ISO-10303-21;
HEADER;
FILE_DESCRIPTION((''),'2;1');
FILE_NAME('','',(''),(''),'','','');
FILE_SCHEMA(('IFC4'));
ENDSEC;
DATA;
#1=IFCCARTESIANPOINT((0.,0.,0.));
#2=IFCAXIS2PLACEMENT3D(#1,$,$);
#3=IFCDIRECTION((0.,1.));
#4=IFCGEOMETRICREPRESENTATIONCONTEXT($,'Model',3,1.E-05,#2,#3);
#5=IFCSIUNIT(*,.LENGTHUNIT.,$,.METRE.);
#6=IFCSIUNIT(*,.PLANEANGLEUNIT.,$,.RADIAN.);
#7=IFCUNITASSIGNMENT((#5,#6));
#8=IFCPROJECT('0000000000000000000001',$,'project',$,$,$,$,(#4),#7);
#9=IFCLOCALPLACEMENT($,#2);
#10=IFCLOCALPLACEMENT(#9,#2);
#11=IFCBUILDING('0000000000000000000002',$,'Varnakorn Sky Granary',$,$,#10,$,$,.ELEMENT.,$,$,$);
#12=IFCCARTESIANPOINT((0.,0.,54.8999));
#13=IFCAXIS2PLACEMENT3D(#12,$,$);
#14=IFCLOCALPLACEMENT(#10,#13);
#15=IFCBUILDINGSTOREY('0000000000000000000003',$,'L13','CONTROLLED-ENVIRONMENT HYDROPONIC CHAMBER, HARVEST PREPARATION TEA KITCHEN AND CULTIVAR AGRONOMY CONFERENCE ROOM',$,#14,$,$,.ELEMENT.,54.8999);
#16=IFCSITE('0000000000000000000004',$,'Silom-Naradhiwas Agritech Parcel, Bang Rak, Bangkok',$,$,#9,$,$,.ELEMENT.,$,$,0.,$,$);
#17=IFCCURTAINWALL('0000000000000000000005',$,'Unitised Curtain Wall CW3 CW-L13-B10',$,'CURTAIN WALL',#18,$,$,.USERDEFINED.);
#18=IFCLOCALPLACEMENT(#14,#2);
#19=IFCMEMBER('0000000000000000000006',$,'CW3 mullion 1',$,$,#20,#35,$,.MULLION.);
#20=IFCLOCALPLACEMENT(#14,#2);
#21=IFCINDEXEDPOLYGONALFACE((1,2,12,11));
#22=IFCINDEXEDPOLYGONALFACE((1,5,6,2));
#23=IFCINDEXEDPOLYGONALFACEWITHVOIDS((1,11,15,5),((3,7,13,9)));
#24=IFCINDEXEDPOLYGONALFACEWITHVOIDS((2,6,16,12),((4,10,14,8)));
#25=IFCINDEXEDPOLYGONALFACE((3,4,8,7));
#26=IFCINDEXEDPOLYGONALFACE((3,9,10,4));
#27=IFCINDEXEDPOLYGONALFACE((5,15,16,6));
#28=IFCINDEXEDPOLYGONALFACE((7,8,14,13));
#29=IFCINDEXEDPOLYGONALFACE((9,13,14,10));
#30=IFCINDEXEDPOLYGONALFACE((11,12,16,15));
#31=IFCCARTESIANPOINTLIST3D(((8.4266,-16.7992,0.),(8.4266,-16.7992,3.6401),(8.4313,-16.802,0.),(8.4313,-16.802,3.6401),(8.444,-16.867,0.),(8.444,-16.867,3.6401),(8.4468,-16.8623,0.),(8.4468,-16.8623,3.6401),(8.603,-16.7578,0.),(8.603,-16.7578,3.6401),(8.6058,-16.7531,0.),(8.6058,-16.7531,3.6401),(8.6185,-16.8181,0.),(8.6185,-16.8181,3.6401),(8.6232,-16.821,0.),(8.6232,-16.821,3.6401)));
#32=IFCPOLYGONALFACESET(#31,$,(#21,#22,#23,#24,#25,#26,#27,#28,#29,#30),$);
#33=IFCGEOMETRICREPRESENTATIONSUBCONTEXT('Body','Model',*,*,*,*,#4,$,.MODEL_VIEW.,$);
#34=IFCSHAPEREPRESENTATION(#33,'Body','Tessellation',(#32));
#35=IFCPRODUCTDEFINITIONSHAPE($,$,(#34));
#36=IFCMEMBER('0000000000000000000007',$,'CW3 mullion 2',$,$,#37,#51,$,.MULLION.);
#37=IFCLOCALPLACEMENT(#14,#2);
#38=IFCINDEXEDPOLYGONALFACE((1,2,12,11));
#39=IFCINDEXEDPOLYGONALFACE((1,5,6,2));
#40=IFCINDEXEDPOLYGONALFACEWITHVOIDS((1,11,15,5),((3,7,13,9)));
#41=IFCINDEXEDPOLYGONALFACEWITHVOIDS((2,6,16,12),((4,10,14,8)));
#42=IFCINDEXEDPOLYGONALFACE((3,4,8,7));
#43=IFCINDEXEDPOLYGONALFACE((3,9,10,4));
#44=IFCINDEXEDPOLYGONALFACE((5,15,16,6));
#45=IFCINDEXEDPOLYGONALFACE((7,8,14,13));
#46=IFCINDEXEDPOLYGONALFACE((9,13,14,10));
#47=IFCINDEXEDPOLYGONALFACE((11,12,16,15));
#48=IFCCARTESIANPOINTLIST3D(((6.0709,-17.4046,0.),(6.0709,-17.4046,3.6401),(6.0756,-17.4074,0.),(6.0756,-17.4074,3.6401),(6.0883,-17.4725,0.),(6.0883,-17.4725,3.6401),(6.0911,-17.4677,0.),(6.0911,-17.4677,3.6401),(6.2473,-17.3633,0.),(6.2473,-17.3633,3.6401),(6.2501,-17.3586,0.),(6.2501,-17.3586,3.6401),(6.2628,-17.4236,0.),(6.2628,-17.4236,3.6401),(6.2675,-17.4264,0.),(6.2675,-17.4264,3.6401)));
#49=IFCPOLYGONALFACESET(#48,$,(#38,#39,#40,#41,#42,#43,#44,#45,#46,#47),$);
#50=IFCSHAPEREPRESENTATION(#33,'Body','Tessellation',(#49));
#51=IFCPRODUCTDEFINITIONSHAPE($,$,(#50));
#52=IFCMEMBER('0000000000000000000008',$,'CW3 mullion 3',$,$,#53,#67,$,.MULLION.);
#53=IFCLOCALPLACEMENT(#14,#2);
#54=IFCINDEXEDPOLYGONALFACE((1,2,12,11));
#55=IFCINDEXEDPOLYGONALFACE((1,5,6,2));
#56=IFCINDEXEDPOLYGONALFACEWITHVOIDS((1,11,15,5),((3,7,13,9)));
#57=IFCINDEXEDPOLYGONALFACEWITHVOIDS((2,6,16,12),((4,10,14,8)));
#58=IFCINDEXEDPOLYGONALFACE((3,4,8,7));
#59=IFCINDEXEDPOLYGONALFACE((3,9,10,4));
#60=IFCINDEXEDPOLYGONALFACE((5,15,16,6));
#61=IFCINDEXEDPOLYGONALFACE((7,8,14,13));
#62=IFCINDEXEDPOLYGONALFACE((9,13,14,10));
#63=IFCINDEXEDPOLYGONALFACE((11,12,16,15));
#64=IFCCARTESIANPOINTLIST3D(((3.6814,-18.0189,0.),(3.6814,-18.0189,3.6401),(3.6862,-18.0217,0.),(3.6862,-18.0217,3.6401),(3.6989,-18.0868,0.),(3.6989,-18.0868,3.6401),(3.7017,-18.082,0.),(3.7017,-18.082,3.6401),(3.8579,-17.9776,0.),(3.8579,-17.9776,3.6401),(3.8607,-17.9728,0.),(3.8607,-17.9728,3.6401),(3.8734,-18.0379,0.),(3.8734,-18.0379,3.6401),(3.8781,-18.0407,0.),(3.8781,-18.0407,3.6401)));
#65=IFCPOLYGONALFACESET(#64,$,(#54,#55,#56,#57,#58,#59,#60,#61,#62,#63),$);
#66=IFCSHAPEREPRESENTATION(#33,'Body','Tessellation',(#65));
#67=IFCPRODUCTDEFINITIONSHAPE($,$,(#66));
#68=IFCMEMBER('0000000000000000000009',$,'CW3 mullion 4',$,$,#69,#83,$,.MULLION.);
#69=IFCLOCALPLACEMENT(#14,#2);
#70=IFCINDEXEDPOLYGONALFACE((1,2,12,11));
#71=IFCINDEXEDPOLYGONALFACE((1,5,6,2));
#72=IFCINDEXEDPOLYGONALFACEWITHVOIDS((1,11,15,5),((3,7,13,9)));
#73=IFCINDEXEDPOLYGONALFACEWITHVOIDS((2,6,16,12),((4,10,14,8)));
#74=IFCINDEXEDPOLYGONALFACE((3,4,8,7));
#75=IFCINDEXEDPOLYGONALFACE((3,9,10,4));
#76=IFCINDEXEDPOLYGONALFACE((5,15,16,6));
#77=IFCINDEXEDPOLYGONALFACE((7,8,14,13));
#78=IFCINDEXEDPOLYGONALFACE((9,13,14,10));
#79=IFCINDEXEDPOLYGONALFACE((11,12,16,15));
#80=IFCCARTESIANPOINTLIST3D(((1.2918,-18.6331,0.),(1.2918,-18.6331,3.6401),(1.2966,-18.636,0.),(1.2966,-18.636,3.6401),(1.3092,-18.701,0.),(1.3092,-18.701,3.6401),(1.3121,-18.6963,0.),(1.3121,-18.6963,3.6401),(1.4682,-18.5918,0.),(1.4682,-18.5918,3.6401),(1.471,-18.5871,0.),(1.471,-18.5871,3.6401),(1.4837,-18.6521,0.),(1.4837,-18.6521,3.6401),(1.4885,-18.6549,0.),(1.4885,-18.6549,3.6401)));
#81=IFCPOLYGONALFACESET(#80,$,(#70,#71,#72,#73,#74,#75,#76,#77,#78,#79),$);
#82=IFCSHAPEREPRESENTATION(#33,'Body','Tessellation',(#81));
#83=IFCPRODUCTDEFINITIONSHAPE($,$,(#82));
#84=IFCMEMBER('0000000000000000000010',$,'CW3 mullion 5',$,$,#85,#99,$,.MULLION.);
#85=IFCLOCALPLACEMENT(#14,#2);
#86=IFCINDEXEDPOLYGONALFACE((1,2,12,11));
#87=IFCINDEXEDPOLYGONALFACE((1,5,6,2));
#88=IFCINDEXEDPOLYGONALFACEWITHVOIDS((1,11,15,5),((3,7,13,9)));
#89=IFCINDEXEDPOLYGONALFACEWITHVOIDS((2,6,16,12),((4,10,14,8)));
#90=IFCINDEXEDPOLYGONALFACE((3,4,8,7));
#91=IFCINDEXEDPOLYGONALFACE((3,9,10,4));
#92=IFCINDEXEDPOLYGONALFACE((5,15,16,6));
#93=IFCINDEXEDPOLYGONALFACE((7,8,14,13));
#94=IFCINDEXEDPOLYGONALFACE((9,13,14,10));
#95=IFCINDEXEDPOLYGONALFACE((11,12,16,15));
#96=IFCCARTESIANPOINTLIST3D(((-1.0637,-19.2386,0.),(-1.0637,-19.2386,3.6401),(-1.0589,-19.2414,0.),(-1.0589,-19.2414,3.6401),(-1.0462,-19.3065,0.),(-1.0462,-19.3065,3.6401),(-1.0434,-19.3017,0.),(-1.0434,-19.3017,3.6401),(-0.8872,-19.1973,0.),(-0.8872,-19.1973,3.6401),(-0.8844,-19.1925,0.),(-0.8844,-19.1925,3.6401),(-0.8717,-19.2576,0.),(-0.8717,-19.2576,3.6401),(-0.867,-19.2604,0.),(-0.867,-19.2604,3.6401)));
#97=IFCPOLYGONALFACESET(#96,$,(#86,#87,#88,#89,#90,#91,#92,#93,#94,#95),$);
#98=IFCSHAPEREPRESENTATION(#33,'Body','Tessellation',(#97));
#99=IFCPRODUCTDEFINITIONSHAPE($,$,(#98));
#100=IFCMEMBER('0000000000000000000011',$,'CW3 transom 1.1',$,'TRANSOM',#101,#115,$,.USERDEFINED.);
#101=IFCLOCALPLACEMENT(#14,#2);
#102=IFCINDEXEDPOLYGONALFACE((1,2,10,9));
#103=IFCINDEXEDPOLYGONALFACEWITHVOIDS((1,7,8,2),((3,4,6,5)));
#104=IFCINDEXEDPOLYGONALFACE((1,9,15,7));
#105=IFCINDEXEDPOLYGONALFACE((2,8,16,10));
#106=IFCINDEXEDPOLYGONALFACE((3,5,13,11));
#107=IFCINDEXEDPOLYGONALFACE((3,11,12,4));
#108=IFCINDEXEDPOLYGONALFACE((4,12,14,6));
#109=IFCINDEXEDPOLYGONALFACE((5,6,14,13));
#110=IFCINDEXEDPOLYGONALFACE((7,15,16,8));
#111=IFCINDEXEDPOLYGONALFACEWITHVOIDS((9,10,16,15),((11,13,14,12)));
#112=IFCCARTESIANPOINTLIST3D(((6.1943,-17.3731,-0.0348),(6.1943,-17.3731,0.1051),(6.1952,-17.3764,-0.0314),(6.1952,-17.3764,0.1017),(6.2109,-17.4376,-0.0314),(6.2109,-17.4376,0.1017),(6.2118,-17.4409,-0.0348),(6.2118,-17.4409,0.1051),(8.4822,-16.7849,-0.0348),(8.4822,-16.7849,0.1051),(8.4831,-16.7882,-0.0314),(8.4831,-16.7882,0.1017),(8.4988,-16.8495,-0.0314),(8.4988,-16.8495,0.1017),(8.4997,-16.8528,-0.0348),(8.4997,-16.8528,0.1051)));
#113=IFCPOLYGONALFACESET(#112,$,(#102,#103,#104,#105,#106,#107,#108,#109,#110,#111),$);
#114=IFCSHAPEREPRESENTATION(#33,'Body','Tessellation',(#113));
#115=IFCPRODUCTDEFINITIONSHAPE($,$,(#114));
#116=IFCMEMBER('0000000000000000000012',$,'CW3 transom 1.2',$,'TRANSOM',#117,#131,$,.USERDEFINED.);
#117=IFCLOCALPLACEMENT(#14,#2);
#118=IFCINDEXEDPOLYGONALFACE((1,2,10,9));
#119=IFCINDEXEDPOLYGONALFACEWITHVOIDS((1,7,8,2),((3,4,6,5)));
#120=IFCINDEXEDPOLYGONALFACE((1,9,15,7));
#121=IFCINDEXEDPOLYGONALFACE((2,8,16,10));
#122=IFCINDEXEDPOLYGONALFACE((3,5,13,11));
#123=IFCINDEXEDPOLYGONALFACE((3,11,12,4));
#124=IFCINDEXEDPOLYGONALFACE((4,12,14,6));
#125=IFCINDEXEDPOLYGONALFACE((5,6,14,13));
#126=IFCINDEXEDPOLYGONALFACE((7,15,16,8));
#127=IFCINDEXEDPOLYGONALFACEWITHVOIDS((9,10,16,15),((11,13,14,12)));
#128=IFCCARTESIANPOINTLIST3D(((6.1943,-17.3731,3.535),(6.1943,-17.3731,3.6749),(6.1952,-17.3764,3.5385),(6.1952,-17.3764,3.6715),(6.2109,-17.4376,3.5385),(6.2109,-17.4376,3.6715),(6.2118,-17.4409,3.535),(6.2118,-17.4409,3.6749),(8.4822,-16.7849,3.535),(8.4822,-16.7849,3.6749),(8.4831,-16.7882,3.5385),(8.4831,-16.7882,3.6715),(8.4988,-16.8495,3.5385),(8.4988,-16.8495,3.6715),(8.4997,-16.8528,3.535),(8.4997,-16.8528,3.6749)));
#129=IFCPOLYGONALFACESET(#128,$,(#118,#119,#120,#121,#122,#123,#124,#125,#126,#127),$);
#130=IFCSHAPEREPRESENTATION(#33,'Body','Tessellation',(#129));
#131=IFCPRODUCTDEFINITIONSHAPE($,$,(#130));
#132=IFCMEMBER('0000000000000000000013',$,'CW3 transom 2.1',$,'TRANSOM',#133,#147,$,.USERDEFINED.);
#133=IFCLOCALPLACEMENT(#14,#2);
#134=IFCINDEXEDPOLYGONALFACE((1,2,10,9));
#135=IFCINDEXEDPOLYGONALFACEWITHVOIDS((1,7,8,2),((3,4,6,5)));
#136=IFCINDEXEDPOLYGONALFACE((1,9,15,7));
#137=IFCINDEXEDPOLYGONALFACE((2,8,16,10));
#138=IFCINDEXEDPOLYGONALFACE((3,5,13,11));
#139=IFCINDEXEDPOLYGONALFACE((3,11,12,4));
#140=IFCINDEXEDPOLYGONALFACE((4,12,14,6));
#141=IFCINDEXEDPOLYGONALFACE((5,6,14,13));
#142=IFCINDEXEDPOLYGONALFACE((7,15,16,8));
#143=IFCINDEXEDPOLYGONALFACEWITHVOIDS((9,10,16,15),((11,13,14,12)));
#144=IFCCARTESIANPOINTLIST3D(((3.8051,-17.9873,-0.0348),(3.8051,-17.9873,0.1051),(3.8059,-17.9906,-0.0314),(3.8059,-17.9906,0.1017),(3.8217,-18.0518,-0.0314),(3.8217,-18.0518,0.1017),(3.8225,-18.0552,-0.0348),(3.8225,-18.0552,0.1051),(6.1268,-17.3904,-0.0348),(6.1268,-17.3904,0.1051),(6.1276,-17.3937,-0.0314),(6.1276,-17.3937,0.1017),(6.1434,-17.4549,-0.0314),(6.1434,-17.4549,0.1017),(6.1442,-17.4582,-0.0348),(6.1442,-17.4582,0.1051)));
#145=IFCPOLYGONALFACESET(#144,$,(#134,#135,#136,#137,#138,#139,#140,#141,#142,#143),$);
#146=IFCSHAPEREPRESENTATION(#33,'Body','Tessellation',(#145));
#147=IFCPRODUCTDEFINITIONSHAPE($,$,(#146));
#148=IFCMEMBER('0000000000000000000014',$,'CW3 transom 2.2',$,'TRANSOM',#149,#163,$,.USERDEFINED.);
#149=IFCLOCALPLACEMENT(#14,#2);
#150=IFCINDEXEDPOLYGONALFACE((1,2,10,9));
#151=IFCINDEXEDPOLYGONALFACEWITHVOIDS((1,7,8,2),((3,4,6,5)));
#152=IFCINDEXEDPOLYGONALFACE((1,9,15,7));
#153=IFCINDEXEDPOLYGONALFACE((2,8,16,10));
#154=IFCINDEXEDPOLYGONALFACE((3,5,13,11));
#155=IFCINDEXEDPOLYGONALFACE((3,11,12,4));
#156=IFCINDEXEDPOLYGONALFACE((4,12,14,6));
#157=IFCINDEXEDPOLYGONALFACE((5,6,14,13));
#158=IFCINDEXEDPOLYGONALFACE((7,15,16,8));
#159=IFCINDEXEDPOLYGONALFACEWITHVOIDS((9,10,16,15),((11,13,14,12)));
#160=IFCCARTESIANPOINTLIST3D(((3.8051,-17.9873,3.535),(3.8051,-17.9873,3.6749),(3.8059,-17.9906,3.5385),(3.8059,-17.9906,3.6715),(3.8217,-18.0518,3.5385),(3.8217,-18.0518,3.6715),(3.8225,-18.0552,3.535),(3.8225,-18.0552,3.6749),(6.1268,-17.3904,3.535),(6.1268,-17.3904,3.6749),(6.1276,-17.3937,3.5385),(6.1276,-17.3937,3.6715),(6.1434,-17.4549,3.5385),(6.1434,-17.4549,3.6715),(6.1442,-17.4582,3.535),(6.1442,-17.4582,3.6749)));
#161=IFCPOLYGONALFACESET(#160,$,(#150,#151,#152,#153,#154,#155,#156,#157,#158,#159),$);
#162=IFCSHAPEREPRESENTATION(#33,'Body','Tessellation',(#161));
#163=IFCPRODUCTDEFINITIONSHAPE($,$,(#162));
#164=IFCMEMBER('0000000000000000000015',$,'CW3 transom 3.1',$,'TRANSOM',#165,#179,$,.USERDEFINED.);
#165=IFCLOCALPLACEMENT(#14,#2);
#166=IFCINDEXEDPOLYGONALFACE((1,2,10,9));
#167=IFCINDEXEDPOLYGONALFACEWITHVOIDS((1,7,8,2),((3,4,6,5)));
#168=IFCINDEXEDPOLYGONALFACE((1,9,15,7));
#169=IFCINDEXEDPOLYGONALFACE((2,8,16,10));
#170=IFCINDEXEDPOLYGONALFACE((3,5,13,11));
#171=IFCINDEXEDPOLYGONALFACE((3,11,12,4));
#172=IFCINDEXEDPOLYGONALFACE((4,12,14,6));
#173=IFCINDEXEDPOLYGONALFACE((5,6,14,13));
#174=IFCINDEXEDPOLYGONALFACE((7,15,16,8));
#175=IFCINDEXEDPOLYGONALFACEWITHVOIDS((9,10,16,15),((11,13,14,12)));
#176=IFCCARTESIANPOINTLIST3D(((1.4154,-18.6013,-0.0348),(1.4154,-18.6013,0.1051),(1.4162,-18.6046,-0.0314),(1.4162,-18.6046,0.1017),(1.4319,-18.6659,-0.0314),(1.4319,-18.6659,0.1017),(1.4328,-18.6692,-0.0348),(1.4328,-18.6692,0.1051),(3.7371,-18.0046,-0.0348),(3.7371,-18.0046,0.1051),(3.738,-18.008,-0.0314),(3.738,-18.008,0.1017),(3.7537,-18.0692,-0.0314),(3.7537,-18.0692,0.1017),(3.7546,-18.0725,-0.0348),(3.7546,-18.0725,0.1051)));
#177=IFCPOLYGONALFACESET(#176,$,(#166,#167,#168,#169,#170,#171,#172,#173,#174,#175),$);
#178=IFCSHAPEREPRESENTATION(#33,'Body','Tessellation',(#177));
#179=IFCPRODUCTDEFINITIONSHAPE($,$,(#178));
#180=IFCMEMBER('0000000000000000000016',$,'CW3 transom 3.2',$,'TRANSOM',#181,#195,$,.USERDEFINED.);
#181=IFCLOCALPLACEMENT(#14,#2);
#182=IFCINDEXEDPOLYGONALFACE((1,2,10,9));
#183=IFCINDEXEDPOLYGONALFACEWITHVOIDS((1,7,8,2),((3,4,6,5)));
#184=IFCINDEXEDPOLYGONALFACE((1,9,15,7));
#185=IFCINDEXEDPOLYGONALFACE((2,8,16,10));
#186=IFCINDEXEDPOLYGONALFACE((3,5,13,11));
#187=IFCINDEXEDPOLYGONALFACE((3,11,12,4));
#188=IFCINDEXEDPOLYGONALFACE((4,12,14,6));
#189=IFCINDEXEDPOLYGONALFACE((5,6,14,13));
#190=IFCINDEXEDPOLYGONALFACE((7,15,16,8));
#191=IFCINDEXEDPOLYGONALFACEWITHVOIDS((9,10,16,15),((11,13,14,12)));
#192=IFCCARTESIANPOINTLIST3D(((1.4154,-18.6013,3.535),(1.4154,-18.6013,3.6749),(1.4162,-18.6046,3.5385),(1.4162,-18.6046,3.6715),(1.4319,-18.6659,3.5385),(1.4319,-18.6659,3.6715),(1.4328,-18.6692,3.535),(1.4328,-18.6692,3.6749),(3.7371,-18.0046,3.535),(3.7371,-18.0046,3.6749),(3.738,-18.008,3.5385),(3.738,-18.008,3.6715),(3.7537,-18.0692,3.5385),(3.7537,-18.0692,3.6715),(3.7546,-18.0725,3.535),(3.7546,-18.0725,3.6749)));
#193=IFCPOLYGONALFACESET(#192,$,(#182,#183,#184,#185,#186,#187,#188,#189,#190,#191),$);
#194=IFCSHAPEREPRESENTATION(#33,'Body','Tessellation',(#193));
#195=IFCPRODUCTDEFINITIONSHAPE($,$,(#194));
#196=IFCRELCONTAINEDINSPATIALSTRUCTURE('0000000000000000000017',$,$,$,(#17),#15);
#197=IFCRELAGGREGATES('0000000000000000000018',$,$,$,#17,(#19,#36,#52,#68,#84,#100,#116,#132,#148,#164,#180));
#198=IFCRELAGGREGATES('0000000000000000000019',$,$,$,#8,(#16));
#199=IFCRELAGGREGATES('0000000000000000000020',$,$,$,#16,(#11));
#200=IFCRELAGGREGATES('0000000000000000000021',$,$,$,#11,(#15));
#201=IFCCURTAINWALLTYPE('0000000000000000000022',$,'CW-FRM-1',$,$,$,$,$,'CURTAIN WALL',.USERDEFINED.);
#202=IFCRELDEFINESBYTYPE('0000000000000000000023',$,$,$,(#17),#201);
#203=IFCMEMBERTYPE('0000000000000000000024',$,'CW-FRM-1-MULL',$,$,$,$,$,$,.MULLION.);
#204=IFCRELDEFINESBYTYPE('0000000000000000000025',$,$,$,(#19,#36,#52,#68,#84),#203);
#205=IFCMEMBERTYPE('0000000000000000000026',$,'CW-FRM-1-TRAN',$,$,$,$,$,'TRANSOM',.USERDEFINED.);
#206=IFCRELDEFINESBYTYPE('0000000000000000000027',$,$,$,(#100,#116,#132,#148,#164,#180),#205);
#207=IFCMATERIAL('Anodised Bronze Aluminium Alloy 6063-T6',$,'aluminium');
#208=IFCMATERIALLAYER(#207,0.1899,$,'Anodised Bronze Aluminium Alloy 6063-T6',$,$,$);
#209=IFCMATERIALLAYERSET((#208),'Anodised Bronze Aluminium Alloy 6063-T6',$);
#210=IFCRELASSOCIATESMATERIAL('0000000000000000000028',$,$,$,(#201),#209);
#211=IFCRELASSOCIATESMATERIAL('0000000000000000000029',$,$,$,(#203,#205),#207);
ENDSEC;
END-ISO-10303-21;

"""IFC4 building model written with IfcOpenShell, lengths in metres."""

from ifc_helpers import new_model, si_unit, direction, frame, origin, origin_2d, place, context, subcontext, project, spatial, hollow_rectangle, extrude, material, layer, layer_set, material_profile, profile_set, type_object, element, aggregate, save


model = new_model("IFC4")

# Units and contexts
model_context = context("Model", 3, precision=1e-05, world=origin(), true_north=direction((0.0, 1.0)))
body_context = subcontext(model_context, "Body", "Model", "MODEL_VIEW")
ifc_project = project(units=[si_unit("LENGTHUNIT", "METRE"), si_unit("PLANEANGLEUNIT", "RADIAN")], contexts=[model_context])

# Site, building, storey
site_placement = place(None, origin())
site = spatial("IfcSite", under=ifc_project, at=site_placement, Name="Silom-Naradhiwas Agritech Parcel, Bang Rak, Bangkok", CompositionType="ELEMENT", RefElevation=0.0)
building_placement = place(site_placement, origin())
building = spatial("IfcBuilding", under=site, at=building_placement, Name="Varnakorn Sky Granary", CompositionType="ELEMENT")
storey_placement = place(building_placement, frame((0.0, 0.0, 54.8999)))
storey = spatial("IfcBuildingStorey", under=building, at=storey_placement, Name="L13", Description="CONTROLLED-ENVIRONMENT HYDROPONIC CHAMBER, HARVEST PREPARATION TEA KITCHEN AND CULTIVAR AGRONOMY CONFERENCE ROOM", CompositionType="ELEMENT", Elevation=54.8999)

# Curtain wall, members
ifc_material_1 = material(Name="Anodised Bronze Aluminium Alloy 6063-T6", Category="aluminium")
ifc_layer_1 = layer(ifc_material_1, 0.1899, Name="Anodised Bronze Aluminium Alloy 6063-T6")
ifc_layer_set_1 = layer_set([ifc_layer_1], Name="Anodised Bronze Aluminium Alloy 6063-T6")
curtain_wall_type = type_object("IfcCurtainWallType", Name="CW-FRM-1", ElementType="CURTAIN WALL", PredefinedType="USERDEFINED", material=ifc_layer_set_1)
curtain_wall_placement = place(storey_placement, origin())
curtain_wall = element("IfcCurtainWall", 1, at=curtain_wall_placement, inside=storey, type_object=curtain_wall_type, Name="Unitised Curtain Wall CW3 CW-L13-B10", ObjectType="CURTAIN WALL", PredefinedType="USERDEFINED")
ifc_material_profile_1 = material_profile(ifc_material_1, hollow_rectangle(XDim=0.0701, YDim=0.1851, WallThickness=0.0039, at=origin_2d()), Name="ALU MULL 70x185")
ifc_profile_set_1 = profile_set([ifc_material_profile_1], Name="Anodised Bronze Aluminium Alloy 6063-T6")
member_type_1 = type_object("IfcMemberType", Name="CW-FRM-1-MULL", PredefinedType="MULLION", material=ifc_profile_set_1)
member_1_placement = place(storey_placement, frame((8.5249, -16.8101, 0.0), z_axis=(0.0, 0.0, 1.0), x_axis=(0.248956, -0.968515, 0.0)))
member_1 = element("IfcMember", 2, at=member_1_placement, type_object=member_type_1, Name="CW3 mullion 1", PredefinedType="MULLION", context=body_context, shape_type="SweptSolid", body=[
    extrude(hollow_rectangle(XDim=0.0701, YDim=0.1851, WallThickness=0.0039, at=origin_2d()), origin(), (0.0, 0.0, 1.0), 3.6401),
])
member_2_placement = place(storey_placement, frame((6.1692, -17.4155, 0.0), z_axis=(0.0, 0.0, 1.0), x_axis=(0.248956, -0.968515, 0.0)))
member_2 = element("IfcMember", 3, at=member_2_placement, type_object=member_type_1, Name="CW3 mullion 2", PredefinedType="MULLION", context=body_context, shape_type="SweptSolid", body=[
    extrude(hollow_rectangle(XDim=0.0701, YDim=0.1851, WallThickness=0.0039, at=origin_2d()), origin(), (0.0, 0.0, 1.0), 3.6401),
])
member_3_placement = place(storey_placement, frame((3.7798, -18.0298, 0.0), z_axis=(0.0, 0.0, 1.0), x_axis=(0.248956, -0.968515, 0.0)))
member_3 = element("IfcMember", 4, at=member_3_placement, type_object=member_type_1, Name="CW3 mullion 3", PredefinedType="MULLION", context=body_context, shape_type="SweptSolid", body=[
    extrude(hollow_rectangle(XDim=0.0701, YDim=0.1851, WallThickness=0.0039, at=origin_2d()), origin(), (0.0, 0.0, 1.0), 3.6401),
])
member_4_placement = place(storey_placement, frame((1.3901, -18.644, 0.0), z_axis=(0.0, 0.0, 1.0), x_axis=(0.248956, -0.968515, 0.0)))
member_4 = element("IfcMember", 5, at=member_4_placement, type_object=member_type_1, Name="CW3 mullion 4", PredefinedType="MULLION", context=body_context, shape_type="SweptSolid", body=[
    extrude(hollow_rectangle(XDim=0.0701, YDim=0.1851, WallThickness=0.0039, at=origin_2d()), origin(), (0.0, 0.0, 1.0), 3.6401),
])
member_5_placement = place(storey_placement, frame((-0.9653, -19.2495, 0.0), z_axis=(0.0, 0.0, 1.0), x_axis=(0.248956, -0.968515, 0.0)))
member_5 = element("IfcMember", 6, at=member_5_placement, type_object=member_type_1, Name="CW3 mullion 5", PredefinedType="MULLION", context=body_context, shape_type="SweptSolid", body=[
    extrude(hollow_rectangle(XDim=0.0701, YDim=0.1851, WallThickness=0.0039, at=origin_2d()), origin(), (0.0, 0.0, 1.0), 3.6401),
])
ifc_material_profile_2 = material_profile(ifc_material_1, hollow_rectangle(XDim=0.0701, YDim=0.1399, WallThickness=0.0034, at=origin_2d()), Name="ALU TRAN 70x140")
ifc_profile_set_2 = profile_set([ifc_material_profile_2], Name="Anodised Bronze Aluminium Alloy 6063-T6")
member_type_2 = type_object("IfcMemberType", Name="CW-FRM-1-TRAN", ElementType="TRANSOM", PredefinedType="USERDEFINED", material=ifc_profile_set_2)
member_6_placement = place(storey_placement, frame((8.491, -16.8188, 0.0352), z_axis=(-0.96851, -0.248975, 0.0), x_axis=(0.248975, -0.96851, 0.0)))
member_6 = element("IfcMember", 7, at=member_6_placement, type_object=member_type_2, Name="CW3 transom 1.1", ObjectType="TRANSOM", PredefinedType="USERDEFINED", context=body_context, shape_type="SweptSolid", body=[
    extrude(hollow_rectangle(XDim=0.0701, YDim=0.1399, WallThickness=0.0034, at=origin_2d()), origin(), (0.0, 0.0, 1.0), 2.3623),
])
member_7_placement = place(storey_placement, frame((8.491, -16.8188, 3.605), z_axis=(-0.96851, -0.248975, 0.0), x_axis=(0.248975, -0.96851, 0.0)))
member_7 = element("IfcMember", 8, at=member_7_placement, type_object=member_type_2, Name="CW3 transom 1.2", ObjectType="TRANSOM", PredefinedType="USERDEFINED", context=body_context, shape_type="SweptSolid", body=[
    extrude(hollow_rectangle(XDim=0.0701, YDim=0.1399, WallThickness=0.0034, at=origin_2d()), origin(), (0.0, 0.0, 1.0), 2.3623),
])
member_8_placement = place(storey_placement, frame((6.1355, -17.4243, 0.0352), z_axis=(-0.968503, -0.249, 0.0), x_axis=(0.249, -0.968503, 0.0)))
member_8 = element("IfcMember", 9, at=member_8_placement, type_object=member_type_2, Name="CW3 transom 2.1", ObjectType="TRANSOM", PredefinedType="USERDEFINED", context=body_context, shape_type="SweptSolid", body=[
    extrude(hollow_rectangle(XDim=0.0701, YDim=0.1399, WallThickness=0.0034, at=origin_2d()), origin(), (0.0, 0.0, 1.0), 2.3972),
])
member_9_placement = place(storey_placement, frame((6.1355, -17.4243, 3.605), z_axis=(-0.968503, -0.249, 0.0), x_axis=(0.249, -0.968503, 0.0)))
member_9 = element("IfcMember", 10, at=member_9_placement, type_object=member_type_2, Name="CW3 transom 2.2", ObjectType="TRANSOM", PredefinedType="USERDEFINED", context=body_context, shape_type="SweptSolid", body=[
    extrude(hollow_rectangle(XDim=0.0701, YDim=0.1399, WallThickness=0.0034, at=origin_2d()), origin(), (0.0, 0.0, 1.0), 2.3972),
])
member_10_placement = place(storey_placement, frame((3.7458, -18.0386, 0.0352), z_axis=(-0.968528, -0.248905, 0.0), x_axis=(0.248905, -0.968528, 0.0)))
member_10 = element("IfcMember", 11, at=member_10_placement, type_object=member_type_2, Name="CW3 transom 3.1", ObjectType="TRANSOM", PredefinedType="USERDEFINED", context=body_context, shape_type="SweptSolid", body=[
    extrude(hollow_rectangle(XDim=0.0701, YDim=0.1399, WallThickness=0.0034, at=origin_2d()), origin(), (0.0, 0.0, 1.0), 2.3972),
])
member_11_placement = place(storey_placement, frame((3.7458, -18.0386, 3.605), z_axis=(-0.968528, -0.248905, 0.0), x_axis=(0.248905, -0.968528, 0.0)))
member_11 = element("IfcMember", 12, at=member_11_placement, type_object=member_type_2, Name="CW3 transom 3.2", ObjectType="TRANSOM", PredefinedType="USERDEFINED", context=body_context, shape_type="SweptSolid", body=[
    extrude(hollow_rectangle(XDim=0.0701, YDim=0.1399, WallThickness=0.0034, at=origin_2d()), origin(), (0.0, 0.0, 1.0), 2.3972),
])

aggregate(curtain_wall, [member_1, member_2, member_3, member_4, member_5, member_6, member_7, member_8, member_9, member_10, member_11])

save(model, "model.ifc")
